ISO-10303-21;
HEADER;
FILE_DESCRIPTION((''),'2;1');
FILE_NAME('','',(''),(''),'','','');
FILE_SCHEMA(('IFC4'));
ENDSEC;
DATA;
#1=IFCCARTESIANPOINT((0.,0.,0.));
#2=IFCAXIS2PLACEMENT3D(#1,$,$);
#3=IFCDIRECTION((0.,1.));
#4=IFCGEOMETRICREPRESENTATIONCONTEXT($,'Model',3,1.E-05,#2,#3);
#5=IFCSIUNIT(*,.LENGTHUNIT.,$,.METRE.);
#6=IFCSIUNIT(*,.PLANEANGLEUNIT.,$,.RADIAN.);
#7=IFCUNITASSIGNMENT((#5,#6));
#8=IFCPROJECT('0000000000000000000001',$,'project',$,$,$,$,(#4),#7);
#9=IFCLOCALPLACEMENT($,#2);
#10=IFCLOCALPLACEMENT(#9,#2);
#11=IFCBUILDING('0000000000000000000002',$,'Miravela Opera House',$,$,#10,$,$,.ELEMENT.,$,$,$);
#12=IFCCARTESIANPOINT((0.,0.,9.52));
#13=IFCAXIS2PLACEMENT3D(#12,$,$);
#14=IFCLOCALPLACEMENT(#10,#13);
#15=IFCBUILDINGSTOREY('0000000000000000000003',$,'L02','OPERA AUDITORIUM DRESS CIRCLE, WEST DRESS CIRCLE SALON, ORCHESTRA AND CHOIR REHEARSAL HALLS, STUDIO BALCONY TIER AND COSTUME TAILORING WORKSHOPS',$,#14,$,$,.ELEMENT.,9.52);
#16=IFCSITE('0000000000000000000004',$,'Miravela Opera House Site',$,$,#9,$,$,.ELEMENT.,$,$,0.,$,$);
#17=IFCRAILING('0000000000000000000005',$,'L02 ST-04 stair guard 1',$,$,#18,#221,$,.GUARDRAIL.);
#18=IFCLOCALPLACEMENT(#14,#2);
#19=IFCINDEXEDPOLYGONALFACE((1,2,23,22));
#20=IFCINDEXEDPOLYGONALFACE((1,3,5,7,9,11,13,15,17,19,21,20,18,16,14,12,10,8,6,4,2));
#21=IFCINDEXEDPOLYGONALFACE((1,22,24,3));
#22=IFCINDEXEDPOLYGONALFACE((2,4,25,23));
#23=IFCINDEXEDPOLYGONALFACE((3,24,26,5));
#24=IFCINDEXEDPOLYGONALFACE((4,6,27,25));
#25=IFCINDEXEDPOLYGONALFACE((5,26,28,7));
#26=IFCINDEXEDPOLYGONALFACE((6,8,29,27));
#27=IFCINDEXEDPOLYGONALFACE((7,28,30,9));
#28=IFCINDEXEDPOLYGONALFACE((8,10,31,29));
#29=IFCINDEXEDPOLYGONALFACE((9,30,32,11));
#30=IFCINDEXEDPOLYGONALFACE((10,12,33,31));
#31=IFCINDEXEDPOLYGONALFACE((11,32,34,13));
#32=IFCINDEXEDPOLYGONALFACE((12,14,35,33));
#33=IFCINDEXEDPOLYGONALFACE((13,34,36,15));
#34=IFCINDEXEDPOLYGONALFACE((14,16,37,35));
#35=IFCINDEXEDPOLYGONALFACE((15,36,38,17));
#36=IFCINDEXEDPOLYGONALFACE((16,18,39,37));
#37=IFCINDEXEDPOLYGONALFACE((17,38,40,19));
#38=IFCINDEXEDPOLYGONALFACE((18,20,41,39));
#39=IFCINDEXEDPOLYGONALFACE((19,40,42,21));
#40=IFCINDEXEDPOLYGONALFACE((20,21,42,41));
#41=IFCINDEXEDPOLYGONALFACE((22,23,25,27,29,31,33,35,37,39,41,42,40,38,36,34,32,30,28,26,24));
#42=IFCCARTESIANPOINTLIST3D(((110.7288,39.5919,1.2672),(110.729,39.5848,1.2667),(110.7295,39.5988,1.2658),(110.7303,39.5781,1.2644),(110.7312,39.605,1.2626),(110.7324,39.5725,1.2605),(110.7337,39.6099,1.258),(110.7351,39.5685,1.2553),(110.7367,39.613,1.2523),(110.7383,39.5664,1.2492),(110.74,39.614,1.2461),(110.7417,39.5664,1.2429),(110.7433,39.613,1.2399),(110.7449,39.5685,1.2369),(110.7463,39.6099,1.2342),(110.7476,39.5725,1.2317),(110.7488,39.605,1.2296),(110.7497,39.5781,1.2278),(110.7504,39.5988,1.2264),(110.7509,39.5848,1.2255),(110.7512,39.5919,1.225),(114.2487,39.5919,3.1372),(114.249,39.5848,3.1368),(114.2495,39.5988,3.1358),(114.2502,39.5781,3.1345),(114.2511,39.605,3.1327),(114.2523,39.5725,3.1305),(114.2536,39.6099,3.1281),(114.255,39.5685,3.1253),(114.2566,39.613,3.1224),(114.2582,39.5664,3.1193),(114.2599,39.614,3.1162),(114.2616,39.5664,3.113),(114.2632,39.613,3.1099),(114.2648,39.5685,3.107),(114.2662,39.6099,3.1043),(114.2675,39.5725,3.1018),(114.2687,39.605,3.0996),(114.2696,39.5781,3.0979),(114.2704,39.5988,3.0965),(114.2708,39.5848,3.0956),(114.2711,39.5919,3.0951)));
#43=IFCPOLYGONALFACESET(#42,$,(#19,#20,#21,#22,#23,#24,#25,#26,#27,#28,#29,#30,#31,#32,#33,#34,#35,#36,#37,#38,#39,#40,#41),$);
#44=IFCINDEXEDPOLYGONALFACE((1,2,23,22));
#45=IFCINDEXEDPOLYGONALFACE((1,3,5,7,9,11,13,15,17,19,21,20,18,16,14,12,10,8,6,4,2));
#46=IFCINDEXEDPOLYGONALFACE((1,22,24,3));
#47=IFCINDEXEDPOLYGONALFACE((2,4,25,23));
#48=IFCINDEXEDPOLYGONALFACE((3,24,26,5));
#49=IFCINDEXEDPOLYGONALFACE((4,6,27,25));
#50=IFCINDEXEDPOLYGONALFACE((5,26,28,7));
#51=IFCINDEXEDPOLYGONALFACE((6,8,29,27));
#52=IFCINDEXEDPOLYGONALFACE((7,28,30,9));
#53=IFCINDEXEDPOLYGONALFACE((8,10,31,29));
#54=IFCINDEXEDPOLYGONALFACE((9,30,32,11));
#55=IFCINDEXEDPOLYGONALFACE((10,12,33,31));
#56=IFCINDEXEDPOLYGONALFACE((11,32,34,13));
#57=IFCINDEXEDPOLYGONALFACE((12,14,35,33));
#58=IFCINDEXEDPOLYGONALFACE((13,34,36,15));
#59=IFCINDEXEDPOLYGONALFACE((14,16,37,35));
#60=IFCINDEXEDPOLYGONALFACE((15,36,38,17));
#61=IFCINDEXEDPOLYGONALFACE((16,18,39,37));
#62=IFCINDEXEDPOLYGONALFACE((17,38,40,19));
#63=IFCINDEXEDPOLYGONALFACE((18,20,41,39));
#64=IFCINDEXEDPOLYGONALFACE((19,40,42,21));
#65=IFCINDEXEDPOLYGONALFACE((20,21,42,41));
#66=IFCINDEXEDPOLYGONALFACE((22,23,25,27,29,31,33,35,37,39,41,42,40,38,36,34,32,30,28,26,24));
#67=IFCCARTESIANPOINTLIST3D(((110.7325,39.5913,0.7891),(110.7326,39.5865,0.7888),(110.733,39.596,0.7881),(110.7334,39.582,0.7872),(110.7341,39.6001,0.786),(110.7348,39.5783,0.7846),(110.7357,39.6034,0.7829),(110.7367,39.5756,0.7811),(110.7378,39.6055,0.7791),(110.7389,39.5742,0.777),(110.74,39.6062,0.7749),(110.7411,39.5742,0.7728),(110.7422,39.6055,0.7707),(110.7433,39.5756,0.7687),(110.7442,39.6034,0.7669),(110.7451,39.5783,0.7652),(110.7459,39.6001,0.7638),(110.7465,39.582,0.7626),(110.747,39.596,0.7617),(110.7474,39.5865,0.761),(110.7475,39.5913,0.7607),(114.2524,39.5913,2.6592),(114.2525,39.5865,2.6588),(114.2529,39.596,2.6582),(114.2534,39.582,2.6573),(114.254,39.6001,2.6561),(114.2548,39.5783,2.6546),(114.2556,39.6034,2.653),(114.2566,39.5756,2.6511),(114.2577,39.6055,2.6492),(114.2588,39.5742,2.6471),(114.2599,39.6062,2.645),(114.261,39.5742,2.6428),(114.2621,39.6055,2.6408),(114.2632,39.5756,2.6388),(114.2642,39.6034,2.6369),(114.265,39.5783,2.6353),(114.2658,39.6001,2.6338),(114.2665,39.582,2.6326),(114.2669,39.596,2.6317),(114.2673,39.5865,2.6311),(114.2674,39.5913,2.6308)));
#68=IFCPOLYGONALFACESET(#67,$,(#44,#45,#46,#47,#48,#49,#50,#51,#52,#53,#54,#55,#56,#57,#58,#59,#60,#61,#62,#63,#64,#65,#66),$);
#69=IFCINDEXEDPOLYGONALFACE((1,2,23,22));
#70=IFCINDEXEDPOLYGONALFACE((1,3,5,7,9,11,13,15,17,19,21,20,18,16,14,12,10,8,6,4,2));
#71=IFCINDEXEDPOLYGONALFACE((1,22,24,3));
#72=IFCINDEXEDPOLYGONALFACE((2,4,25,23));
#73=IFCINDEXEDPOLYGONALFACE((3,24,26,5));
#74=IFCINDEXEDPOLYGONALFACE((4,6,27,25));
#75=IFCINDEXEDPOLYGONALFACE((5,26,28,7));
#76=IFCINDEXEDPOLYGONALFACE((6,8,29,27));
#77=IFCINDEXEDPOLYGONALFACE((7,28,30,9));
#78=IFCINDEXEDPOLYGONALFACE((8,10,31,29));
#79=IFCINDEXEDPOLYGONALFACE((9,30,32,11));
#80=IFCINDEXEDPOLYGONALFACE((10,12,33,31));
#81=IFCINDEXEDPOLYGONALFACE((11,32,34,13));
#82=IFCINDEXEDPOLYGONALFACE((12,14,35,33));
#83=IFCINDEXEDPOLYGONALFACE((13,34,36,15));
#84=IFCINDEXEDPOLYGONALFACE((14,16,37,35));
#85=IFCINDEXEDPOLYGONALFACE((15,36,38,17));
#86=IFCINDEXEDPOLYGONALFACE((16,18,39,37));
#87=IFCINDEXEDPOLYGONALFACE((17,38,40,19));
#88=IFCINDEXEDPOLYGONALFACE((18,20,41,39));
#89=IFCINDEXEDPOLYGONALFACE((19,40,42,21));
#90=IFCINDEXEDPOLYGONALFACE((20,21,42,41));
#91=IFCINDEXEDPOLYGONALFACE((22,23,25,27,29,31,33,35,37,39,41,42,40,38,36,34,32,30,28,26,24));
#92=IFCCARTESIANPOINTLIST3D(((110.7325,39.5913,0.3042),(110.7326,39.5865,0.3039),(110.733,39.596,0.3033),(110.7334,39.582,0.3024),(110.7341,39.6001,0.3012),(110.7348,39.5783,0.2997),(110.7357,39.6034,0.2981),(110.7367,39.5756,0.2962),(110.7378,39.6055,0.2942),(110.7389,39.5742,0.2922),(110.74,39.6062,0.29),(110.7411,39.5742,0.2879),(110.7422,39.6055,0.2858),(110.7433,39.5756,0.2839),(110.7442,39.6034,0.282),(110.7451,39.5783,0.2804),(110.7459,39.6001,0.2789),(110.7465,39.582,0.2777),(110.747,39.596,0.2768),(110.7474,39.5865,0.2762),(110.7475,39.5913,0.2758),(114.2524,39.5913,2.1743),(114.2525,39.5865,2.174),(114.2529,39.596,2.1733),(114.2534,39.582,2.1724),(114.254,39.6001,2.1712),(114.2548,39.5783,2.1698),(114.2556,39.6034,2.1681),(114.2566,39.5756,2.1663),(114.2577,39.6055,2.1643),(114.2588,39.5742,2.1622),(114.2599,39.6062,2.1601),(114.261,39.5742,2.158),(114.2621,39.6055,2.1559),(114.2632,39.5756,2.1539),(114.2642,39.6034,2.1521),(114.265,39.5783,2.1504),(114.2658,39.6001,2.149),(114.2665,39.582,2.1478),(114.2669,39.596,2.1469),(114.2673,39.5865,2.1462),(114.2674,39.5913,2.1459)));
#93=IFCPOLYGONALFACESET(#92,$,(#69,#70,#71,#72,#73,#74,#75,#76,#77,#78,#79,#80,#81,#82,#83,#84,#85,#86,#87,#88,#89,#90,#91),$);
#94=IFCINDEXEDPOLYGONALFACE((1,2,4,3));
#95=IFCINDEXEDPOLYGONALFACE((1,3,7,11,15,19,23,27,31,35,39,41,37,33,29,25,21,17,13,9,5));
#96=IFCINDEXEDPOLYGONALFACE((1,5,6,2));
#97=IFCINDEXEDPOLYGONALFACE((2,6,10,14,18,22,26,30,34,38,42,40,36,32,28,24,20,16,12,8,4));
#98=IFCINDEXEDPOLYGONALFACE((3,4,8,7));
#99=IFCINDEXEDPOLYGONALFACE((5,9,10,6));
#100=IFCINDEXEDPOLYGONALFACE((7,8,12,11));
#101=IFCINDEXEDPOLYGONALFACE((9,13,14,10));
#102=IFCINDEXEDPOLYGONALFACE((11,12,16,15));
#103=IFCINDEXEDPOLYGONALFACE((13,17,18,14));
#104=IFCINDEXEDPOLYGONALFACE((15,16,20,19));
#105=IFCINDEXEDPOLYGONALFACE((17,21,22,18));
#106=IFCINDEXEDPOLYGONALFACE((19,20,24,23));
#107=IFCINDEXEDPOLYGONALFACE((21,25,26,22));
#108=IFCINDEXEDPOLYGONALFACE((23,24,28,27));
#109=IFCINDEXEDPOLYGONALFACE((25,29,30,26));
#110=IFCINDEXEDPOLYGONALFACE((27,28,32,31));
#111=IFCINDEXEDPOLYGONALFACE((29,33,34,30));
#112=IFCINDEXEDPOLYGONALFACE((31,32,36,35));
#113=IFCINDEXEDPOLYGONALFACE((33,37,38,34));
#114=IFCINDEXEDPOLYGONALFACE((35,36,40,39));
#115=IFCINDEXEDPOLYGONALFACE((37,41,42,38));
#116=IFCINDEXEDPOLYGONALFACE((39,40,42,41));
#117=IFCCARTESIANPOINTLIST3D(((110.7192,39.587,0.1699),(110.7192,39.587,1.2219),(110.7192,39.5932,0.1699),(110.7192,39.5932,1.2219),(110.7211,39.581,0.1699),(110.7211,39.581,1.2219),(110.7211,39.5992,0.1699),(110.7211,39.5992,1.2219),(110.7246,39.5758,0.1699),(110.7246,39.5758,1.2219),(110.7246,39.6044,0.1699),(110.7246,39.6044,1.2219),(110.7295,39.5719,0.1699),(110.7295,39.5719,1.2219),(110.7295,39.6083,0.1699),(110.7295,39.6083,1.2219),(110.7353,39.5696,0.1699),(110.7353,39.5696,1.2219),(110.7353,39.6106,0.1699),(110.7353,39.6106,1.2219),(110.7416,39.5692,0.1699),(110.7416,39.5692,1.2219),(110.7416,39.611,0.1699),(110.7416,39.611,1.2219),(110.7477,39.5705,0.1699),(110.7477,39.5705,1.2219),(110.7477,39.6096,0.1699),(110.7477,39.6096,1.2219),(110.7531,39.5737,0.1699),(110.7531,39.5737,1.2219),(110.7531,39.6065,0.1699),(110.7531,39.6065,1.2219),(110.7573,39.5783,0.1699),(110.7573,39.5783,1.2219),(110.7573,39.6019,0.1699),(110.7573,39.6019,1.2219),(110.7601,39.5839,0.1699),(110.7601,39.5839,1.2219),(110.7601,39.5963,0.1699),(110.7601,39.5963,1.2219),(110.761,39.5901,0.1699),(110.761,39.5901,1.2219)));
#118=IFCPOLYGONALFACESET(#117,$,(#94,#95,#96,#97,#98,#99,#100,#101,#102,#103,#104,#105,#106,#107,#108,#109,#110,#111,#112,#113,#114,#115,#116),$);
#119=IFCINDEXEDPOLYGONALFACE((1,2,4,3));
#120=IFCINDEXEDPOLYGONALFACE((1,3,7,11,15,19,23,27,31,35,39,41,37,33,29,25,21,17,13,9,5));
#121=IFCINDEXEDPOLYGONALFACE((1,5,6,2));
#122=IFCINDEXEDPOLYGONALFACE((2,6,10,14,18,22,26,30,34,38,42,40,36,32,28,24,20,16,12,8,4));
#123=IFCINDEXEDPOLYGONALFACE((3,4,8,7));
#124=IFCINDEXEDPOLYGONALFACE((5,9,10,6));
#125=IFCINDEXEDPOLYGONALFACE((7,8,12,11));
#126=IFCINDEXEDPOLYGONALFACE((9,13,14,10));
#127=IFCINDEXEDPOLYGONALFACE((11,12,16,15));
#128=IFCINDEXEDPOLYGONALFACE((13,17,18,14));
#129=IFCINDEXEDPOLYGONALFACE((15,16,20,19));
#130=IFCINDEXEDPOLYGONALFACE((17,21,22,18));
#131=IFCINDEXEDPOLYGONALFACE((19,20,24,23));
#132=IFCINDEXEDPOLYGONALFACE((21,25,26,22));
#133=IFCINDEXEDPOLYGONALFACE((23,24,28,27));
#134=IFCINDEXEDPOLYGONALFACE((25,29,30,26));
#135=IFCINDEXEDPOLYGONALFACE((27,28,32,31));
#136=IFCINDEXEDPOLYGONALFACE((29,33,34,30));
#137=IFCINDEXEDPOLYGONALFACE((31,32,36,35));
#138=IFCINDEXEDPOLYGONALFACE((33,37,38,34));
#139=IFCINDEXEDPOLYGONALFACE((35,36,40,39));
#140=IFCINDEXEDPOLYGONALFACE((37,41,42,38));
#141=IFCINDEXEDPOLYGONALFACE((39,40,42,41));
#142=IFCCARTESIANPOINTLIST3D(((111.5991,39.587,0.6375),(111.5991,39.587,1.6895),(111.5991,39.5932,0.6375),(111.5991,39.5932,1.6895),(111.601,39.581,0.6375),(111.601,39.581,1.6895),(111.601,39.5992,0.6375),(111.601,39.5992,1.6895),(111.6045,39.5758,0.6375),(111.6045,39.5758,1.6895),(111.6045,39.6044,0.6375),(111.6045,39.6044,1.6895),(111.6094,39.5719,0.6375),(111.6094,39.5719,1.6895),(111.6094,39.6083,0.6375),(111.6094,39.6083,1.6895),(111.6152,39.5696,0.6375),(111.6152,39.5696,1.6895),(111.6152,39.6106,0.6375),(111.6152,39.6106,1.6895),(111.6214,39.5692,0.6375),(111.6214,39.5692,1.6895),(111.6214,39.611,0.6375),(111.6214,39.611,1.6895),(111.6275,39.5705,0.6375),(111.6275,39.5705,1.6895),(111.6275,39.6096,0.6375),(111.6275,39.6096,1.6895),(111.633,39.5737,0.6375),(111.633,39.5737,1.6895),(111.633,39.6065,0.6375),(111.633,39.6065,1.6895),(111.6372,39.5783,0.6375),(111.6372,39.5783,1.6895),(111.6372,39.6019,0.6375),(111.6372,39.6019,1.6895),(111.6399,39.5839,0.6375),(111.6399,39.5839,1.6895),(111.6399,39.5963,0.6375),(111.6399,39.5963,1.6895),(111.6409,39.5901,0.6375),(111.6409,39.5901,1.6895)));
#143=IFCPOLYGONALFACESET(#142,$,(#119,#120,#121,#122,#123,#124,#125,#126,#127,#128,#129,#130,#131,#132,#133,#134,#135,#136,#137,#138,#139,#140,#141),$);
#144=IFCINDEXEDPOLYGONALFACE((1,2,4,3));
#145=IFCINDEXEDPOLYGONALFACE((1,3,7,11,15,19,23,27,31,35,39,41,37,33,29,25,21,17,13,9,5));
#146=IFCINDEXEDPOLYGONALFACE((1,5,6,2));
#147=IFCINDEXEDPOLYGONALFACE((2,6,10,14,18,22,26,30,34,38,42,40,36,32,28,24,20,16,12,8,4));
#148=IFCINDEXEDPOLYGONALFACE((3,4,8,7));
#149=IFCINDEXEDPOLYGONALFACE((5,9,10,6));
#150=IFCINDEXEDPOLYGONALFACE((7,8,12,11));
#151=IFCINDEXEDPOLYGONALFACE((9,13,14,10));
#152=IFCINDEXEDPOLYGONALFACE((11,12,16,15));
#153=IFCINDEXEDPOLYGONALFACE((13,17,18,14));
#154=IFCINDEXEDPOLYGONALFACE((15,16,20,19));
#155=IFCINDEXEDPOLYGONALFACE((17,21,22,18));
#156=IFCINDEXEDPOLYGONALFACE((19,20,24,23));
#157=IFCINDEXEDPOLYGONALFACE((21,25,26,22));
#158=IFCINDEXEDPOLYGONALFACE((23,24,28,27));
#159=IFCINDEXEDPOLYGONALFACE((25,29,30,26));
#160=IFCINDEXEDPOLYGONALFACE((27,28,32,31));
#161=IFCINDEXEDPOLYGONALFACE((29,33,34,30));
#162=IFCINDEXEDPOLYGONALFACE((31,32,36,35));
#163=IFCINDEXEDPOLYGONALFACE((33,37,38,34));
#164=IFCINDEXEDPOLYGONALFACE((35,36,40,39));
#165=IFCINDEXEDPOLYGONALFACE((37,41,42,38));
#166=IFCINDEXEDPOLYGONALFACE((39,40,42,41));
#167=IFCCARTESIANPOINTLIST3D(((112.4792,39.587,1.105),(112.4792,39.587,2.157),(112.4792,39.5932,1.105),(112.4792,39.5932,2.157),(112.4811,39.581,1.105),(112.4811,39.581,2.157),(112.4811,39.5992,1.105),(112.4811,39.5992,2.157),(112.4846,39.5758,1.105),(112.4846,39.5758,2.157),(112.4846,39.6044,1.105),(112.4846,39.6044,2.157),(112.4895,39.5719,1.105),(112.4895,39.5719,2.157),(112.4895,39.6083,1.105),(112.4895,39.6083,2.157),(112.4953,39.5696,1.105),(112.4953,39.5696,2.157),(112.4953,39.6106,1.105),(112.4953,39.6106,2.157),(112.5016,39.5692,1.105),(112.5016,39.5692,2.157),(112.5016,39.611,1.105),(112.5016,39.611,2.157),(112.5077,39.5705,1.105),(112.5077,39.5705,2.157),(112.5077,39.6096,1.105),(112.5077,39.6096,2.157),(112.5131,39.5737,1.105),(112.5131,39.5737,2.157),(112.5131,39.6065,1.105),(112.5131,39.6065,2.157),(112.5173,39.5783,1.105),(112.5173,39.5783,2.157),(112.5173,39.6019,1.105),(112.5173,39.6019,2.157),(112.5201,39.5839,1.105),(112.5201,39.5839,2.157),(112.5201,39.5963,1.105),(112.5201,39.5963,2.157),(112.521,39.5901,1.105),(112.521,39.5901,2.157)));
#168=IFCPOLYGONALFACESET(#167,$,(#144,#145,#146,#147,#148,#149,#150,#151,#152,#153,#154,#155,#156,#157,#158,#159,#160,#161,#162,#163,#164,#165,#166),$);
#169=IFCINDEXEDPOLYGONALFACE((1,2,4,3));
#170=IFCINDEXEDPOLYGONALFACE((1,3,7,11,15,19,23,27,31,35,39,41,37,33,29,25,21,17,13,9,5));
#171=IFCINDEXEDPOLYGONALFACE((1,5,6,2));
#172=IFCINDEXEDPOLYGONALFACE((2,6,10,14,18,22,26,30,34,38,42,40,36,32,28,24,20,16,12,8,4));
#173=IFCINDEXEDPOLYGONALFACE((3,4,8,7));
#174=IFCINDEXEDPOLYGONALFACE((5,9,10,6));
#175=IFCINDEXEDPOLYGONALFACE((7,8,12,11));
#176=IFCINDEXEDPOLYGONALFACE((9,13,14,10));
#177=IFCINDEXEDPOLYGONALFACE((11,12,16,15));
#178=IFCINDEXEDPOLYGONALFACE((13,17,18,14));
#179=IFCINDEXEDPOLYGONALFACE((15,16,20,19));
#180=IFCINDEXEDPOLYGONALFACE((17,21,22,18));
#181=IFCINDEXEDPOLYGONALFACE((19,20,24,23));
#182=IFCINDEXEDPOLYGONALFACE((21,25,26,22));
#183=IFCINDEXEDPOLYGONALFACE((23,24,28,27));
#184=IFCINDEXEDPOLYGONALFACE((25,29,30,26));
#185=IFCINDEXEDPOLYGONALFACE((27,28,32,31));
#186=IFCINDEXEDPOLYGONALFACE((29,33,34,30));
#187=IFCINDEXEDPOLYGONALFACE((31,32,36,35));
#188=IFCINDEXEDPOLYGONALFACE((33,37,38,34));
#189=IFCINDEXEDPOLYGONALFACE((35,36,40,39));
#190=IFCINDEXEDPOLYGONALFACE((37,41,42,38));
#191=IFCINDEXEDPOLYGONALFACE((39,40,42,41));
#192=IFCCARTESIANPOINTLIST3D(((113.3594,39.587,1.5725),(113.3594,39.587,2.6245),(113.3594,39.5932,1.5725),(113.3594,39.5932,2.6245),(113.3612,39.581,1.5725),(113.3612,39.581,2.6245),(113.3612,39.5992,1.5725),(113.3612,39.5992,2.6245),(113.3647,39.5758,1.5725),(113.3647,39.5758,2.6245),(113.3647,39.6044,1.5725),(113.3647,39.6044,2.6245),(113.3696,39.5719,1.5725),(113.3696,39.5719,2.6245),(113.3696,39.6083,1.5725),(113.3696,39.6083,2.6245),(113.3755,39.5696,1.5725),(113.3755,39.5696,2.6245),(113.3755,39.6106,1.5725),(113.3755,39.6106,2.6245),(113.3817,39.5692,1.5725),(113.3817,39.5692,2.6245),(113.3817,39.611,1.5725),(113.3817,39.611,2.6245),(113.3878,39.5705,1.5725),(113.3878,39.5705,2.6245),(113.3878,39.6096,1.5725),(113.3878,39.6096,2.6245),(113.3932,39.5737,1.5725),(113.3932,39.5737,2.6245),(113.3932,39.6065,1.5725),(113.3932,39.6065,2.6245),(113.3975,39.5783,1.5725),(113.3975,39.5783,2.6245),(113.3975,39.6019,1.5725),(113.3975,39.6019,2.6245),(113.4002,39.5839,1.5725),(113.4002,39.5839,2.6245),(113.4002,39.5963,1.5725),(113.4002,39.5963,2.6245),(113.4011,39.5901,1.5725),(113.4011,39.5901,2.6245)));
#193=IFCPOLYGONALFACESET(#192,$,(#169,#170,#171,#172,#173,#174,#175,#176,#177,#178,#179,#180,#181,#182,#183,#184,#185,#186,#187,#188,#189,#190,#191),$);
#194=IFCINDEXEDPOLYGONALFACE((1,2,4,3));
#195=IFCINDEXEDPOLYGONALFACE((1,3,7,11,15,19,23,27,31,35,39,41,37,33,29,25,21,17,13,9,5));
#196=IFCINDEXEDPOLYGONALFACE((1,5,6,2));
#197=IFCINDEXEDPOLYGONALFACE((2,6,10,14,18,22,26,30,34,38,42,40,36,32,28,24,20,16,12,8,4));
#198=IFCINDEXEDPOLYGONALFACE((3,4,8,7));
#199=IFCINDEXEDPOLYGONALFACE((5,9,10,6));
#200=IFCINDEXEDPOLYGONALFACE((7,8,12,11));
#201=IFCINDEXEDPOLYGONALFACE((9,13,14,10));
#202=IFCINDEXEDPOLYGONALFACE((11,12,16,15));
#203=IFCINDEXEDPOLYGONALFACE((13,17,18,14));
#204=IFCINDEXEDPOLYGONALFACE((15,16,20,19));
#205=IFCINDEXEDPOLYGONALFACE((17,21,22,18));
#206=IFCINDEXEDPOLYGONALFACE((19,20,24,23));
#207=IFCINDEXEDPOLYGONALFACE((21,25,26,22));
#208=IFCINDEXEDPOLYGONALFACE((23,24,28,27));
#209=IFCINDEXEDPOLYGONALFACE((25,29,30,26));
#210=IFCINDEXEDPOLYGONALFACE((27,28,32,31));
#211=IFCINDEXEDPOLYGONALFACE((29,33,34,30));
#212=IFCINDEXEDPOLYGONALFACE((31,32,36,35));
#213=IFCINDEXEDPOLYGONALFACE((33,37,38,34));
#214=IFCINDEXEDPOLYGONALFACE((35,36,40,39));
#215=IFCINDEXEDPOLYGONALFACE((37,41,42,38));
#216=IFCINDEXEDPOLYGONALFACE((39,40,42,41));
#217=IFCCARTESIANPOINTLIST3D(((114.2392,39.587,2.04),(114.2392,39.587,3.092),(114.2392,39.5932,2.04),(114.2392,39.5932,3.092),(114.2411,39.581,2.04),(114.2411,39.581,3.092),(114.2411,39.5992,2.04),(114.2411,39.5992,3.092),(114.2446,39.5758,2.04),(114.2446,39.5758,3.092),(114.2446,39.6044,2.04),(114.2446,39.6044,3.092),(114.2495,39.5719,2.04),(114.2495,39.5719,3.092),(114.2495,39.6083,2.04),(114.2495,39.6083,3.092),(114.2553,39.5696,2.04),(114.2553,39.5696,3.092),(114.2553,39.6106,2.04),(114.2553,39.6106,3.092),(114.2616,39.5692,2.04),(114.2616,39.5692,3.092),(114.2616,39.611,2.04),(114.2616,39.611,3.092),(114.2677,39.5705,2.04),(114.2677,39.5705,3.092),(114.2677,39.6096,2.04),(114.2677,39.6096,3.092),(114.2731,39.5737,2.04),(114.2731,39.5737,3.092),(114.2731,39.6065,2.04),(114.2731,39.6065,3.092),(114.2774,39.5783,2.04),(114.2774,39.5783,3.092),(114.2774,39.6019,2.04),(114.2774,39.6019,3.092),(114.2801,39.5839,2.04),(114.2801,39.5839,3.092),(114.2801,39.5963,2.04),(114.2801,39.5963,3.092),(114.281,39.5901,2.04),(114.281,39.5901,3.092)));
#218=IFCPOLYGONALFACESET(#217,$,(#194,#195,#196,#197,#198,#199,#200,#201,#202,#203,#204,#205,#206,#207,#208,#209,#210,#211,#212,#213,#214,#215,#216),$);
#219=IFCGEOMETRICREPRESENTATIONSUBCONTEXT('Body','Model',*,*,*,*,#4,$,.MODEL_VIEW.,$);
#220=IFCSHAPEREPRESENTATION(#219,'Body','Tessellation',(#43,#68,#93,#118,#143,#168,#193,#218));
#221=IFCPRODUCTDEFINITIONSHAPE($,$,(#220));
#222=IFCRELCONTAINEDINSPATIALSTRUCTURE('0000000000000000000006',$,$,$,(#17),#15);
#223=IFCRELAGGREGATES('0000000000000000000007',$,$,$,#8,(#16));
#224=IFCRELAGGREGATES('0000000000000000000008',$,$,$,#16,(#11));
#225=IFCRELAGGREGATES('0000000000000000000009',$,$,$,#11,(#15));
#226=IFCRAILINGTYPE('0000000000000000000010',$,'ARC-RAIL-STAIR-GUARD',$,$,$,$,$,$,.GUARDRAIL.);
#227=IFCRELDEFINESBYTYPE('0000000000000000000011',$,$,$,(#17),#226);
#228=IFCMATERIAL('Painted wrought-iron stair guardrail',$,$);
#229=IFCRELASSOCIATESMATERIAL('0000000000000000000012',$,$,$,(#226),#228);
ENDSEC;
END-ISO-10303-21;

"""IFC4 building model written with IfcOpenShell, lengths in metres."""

from ifc_helpers import new_model, si_unit, direction, frame, origin, origin_2d, place, context, subcontext, project, spatial, circle, extrude, material, type_object, element, save


model = new_model("IFC4")

# Units and contexts
model_context = context("Model", 3, precision=1e-05, world=origin(), true_north=direction((0.0, 1.0)))
body_context = subcontext(model_context, "Body", "Model", "MODEL_VIEW")
ifc_project = project(units=[si_unit("LENGTHUNIT", "METRE"), si_unit("PLANEANGLEUNIT", "RADIAN")], contexts=[model_context])

# Site, building, storey
site_placement = place(None, origin())
site = spatial("IfcSite", under=ifc_project, at=site_placement, Name="Miravela Opera House Site", CompositionType="ELEMENT", RefElevation=0.0)
building_placement = place(site_placement, origin())
building = spatial("IfcBuilding", under=site, at=building_placement, Name="Miravela Opera House", CompositionType="ELEMENT")
storey_placement = place(building_placement, frame((0.0, 0.0, 9.52)))
storey = spatial("IfcBuildingStorey", under=building, at=storey_placement, Name="L02", Description="OPERA AUDITORIUM DRESS CIRCLE, WEST DRESS CIRCLE SALON, ORCHESTRA AND CHOIR REHEARSAL HALLS, STUDIO BALCONY TIER AND COSTUME TAILORING WORKSHOPS", CompositionType="ELEMENT", Elevation=9.52)

# Railing
ifc_material_1 = material(Name="Painted wrought-iron stair guardrail")
railing_type_1 = type_object("IfcRailingType", Name="ARC-RAIL-STAIR-GUARD", PredefinedType="GUARDRAIL", material=ifc_material_1)
railing_1_placement = place(storey_placement, frame((110.74, 39.5901, 0.1699)))
element("IfcRailing", 1, at=railing_1_placement, inside=storey, type_object=railing_type_1, Name="L02 ST-04 stair guard 1", PredefinedType="GUARDRAIL", context=body_context, shape_type="SweptSolid", body=[
    extrude(circle(Radius=0.0239, at=origin_2d()), frame((0.0, 0.0, 1.0762), z_axis=(0.883105, 0.0, 0.469176), x_axis=(0.0, 1.0, 0.0)), (0.0, 0.0, 1.0), 3.9858),
    extrude(circle(Radius=0.0161, at=origin_2d()), frame((0.0, 0.0, 0.605), z_axis=(0.883105, 0.0, 0.469176), x_axis=(0.0, 1.0, 0.0)), (0.0, 0.0, 1.0), 3.9858),
    extrude(circle(Radius=0.0161, at=origin_2d()), frame((0.0, 0.0, 0.1201), z_axis=(0.883105, 0.0, 0.469176), x_axis=(0.0, 1.0, 0.0)), (0.0, 0.0, 1.0), 3.9858),
    extrude(circle(Radius=0.021, at=origin_2d()), origin(), (0.0, 0.0, 1.0), 1.052),
    extrude(circle(Radius=0.021, at=origin_2d()), frame((0.8799, 0.0, 0.4675)), (0.0, 0.0, 1.0), 1.052),
    extrude(circle(Radius=0.021, at=origin_2d()), frame((1.76, 0.0, 0.9351)), (0.0, 0.0, 1.0), 1.052),
    extrude(circle(Radius=0.021, at=origin_2d()), frame((2.6401, 0.0, 1.4026)), (0.0, 0.0, 1.0), 1.052),
    extrude(circle(Radius=0.021, at=origin_2d()), frame((3.52, 0.0, 1.8701)), (0.0, 0.0, 1.0), 1.052),
])

save(model, "model.ifc")
